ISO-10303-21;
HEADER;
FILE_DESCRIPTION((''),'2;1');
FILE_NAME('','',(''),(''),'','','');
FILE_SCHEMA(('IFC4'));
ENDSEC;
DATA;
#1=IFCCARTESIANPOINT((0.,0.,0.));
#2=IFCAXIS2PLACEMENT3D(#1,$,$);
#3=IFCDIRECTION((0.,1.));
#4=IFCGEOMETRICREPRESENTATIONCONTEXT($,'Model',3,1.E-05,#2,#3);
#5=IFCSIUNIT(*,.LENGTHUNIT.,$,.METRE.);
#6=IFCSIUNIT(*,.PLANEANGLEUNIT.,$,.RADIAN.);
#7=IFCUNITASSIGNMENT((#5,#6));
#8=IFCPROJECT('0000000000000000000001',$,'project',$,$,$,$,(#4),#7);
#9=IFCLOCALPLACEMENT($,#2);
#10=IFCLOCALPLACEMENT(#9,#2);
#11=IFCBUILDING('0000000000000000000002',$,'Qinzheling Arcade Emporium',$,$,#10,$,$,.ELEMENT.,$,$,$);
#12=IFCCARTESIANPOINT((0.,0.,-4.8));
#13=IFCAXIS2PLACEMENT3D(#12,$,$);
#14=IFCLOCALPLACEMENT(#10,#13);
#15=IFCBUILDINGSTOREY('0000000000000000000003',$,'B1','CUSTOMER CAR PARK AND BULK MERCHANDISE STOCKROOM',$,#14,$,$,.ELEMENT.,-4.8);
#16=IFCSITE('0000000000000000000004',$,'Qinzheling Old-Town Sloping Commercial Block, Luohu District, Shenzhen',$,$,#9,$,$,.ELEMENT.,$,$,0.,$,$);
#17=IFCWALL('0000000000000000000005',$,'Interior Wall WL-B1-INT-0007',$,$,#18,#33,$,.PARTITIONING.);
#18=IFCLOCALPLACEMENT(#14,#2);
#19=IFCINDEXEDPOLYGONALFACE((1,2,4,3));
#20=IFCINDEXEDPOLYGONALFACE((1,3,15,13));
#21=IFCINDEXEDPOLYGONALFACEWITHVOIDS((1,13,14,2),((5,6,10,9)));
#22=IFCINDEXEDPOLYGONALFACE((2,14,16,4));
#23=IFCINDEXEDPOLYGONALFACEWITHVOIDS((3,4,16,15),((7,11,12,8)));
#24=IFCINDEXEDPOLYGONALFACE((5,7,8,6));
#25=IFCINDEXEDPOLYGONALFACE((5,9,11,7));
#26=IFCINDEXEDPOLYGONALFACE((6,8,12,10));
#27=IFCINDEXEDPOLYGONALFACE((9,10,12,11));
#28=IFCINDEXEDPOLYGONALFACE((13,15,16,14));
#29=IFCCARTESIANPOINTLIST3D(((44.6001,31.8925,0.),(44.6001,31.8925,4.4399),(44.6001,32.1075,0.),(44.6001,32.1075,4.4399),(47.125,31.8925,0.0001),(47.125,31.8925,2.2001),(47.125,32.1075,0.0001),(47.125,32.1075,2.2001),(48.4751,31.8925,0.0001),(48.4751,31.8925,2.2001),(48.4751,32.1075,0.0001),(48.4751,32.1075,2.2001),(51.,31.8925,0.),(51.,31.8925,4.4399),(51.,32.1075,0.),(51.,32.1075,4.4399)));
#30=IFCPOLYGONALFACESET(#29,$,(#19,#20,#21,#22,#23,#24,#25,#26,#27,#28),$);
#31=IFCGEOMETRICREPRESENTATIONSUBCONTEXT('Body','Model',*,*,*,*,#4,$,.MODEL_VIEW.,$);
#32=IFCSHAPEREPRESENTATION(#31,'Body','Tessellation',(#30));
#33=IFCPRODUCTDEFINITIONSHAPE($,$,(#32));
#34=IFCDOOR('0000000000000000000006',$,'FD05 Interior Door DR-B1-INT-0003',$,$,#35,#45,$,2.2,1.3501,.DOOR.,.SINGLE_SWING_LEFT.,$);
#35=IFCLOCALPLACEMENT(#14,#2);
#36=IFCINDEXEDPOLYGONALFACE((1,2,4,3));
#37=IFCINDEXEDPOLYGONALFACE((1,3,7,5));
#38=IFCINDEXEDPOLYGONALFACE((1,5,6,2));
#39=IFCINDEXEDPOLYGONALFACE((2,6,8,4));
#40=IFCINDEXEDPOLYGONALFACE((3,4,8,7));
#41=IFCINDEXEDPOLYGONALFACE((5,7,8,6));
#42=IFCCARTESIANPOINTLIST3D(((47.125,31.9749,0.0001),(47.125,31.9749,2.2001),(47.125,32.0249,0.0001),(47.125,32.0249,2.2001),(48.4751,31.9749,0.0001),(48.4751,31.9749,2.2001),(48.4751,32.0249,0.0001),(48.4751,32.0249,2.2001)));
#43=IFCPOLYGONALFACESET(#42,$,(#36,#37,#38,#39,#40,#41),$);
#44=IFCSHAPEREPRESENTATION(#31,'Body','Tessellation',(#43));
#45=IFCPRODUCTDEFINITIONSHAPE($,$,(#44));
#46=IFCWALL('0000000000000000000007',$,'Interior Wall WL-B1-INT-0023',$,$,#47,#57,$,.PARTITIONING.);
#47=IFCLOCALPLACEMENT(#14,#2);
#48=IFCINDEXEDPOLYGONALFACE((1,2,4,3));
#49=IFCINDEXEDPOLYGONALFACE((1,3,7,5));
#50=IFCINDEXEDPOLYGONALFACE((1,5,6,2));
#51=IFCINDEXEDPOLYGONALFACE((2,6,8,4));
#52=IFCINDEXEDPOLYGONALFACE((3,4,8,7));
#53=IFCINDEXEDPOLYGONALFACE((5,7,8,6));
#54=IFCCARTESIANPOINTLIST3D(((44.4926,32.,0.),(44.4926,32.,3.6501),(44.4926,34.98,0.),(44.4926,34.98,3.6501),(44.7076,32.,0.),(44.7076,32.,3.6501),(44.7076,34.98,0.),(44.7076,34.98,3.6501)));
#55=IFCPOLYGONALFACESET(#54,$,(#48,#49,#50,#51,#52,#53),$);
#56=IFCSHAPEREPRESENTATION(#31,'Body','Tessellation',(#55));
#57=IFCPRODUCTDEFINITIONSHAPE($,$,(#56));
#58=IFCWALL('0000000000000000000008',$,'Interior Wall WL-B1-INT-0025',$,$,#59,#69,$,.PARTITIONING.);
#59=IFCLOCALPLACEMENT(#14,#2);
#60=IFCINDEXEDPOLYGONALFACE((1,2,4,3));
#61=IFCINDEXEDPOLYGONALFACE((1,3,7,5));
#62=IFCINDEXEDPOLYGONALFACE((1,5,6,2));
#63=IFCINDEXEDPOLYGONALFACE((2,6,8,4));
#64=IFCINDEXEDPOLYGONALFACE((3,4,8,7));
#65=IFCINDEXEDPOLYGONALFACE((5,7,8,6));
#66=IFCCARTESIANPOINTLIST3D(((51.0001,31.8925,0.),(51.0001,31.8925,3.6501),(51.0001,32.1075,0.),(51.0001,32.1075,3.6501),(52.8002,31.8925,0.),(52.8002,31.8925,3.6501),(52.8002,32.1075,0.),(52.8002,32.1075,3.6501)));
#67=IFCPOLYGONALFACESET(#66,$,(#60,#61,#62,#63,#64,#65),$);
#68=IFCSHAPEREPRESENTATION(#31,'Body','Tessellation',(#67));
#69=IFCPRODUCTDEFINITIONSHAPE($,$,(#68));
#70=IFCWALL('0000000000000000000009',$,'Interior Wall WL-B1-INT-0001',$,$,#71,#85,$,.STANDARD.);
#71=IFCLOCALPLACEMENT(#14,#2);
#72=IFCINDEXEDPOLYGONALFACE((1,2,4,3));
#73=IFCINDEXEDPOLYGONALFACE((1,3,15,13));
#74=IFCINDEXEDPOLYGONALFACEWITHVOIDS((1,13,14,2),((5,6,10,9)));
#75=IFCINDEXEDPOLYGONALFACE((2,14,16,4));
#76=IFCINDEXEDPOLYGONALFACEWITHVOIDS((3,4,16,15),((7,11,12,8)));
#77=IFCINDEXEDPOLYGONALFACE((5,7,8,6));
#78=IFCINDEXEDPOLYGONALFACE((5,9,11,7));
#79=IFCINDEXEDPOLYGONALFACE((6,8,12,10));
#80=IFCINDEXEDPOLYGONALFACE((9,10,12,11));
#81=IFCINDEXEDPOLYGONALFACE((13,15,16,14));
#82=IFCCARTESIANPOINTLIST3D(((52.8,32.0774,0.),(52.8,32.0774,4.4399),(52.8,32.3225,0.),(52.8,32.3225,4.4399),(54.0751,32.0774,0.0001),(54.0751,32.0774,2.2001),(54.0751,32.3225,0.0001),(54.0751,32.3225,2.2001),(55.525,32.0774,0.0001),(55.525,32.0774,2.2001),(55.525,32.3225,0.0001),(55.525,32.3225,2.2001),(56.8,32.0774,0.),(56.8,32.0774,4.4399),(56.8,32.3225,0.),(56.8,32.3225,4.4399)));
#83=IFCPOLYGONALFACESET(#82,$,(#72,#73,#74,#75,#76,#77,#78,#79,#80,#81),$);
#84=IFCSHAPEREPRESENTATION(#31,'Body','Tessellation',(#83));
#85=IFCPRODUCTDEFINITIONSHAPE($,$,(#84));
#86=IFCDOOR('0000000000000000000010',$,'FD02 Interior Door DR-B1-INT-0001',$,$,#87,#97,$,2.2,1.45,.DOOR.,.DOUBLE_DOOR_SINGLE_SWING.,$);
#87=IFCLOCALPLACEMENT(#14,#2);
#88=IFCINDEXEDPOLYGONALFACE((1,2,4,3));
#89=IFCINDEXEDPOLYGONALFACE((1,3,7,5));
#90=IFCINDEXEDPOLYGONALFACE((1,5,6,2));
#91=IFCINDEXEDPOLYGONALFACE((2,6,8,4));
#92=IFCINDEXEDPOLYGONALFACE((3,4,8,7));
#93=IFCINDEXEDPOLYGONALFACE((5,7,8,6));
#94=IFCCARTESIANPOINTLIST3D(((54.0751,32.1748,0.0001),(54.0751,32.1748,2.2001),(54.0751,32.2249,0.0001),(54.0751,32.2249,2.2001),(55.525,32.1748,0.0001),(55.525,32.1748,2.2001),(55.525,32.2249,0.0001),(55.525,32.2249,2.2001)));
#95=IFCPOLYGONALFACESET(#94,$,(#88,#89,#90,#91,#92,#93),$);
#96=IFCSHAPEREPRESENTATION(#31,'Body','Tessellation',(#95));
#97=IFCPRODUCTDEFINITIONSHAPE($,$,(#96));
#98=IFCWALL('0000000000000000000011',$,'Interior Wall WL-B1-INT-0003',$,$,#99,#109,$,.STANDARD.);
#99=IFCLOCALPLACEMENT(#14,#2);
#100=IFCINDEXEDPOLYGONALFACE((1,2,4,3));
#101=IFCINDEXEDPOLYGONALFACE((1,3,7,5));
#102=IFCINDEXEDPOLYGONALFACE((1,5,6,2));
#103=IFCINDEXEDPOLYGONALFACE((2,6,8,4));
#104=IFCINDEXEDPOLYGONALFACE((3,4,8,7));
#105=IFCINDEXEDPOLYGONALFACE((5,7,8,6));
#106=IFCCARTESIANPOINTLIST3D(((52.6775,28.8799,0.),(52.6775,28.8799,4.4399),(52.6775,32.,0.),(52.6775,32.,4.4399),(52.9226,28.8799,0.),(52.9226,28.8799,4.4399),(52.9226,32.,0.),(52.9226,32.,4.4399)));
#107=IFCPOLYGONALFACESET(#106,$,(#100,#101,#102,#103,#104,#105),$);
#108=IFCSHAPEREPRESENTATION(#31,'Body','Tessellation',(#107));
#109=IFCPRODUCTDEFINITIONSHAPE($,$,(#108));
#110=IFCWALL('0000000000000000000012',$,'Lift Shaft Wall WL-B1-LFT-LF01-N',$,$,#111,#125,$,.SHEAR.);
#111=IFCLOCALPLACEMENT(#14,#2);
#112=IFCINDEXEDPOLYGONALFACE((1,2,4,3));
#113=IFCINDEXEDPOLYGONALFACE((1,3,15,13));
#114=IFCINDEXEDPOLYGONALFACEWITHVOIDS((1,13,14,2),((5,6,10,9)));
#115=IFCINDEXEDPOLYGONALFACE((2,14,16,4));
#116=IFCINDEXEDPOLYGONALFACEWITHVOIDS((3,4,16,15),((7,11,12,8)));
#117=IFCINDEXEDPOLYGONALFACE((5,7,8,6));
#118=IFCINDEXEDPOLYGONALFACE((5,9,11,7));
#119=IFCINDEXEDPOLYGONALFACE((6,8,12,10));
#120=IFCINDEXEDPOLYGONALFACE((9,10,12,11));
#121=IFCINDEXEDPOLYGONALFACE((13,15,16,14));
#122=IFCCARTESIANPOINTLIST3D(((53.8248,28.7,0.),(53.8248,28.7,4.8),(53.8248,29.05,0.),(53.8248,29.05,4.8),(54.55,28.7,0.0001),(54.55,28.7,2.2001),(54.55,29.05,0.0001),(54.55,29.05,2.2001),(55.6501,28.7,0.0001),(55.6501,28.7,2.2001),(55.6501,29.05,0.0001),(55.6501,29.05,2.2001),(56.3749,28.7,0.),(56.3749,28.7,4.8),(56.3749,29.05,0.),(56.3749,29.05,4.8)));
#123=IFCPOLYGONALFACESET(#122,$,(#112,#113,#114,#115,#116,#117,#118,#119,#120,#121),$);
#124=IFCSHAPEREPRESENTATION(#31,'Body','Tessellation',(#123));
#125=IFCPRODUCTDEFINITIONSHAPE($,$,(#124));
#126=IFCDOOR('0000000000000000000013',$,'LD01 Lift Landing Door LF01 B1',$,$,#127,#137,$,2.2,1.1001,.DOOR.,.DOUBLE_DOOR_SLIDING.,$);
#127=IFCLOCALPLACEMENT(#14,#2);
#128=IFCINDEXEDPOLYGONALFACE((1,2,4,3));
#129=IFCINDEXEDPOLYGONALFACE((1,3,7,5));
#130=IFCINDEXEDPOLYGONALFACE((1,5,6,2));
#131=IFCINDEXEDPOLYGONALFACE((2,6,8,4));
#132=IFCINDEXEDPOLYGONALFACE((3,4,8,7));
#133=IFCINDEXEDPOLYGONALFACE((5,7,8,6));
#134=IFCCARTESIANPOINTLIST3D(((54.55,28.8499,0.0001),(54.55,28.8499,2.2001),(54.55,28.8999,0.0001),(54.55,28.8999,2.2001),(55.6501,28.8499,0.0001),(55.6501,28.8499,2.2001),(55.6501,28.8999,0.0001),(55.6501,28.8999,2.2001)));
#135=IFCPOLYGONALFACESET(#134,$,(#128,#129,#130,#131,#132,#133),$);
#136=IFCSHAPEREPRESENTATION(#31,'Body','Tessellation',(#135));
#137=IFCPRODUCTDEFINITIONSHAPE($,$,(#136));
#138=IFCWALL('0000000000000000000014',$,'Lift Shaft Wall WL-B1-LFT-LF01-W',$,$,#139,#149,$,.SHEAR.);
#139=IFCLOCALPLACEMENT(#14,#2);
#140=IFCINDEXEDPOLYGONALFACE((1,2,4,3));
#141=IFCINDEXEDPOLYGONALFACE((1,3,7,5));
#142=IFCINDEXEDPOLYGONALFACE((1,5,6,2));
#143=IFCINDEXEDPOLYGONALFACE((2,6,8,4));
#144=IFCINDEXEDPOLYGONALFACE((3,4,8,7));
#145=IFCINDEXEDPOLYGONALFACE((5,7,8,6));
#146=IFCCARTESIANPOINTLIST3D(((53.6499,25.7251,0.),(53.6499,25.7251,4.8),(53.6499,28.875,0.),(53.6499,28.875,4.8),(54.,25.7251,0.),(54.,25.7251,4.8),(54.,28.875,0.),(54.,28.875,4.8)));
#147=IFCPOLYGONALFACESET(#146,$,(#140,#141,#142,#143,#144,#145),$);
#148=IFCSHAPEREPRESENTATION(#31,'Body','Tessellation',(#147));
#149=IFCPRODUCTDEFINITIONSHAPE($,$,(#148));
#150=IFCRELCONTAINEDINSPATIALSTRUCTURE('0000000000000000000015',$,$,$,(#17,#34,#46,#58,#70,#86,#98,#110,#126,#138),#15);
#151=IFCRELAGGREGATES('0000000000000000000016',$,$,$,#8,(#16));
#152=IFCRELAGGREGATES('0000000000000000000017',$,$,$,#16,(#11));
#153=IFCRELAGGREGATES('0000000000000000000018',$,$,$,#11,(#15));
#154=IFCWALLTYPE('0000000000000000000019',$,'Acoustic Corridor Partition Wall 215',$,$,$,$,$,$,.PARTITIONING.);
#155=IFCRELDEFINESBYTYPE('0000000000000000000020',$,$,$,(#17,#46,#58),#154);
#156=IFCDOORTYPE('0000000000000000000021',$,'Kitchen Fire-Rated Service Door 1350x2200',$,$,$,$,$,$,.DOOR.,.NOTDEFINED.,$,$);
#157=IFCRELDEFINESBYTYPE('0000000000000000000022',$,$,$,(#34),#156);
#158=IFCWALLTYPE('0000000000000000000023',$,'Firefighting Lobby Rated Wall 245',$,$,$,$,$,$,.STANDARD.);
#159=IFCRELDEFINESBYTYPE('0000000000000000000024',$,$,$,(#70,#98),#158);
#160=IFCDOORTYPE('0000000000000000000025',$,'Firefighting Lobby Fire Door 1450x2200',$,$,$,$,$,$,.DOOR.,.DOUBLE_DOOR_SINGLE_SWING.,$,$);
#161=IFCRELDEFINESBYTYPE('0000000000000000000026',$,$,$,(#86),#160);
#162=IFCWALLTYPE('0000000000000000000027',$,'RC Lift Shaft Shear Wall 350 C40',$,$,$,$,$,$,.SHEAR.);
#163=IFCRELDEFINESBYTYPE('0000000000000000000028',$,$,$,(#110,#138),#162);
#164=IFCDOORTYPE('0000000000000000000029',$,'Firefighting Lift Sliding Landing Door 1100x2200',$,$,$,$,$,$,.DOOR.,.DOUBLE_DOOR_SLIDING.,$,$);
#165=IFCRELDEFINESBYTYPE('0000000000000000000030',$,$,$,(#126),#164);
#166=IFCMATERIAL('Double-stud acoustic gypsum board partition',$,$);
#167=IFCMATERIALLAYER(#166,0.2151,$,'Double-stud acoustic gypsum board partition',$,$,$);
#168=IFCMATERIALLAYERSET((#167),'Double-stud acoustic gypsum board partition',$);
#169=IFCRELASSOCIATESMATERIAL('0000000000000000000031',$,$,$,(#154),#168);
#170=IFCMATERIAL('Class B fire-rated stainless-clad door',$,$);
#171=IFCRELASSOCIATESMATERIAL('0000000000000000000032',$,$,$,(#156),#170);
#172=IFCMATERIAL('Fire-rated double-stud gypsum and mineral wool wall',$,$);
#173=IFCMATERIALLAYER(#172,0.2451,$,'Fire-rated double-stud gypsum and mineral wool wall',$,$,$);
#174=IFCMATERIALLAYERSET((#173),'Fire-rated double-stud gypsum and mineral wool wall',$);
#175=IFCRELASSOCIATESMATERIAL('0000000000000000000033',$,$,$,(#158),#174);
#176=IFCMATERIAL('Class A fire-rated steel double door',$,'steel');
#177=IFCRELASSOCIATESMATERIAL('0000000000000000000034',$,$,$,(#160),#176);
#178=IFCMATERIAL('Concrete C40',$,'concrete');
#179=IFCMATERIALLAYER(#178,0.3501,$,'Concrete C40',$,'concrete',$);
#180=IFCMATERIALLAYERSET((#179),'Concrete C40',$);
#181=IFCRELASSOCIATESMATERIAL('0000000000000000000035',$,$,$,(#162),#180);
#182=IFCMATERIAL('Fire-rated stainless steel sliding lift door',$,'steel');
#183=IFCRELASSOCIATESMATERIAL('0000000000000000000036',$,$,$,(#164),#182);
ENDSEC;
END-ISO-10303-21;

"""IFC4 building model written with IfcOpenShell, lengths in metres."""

from ifc_helpers import new_model, si_unit, direction, frame, frame_2d, origin, place, context, subcontext, project, spatial, rectangle, extrude, material, layer, layer_set, type_object, element, fill, save


model = new_model("IFC4")

# Units and contexts
model_context = context("Model", 3, precision=1e-05, world=origin(), true_north=direction((0.0, 1.0)))
body_context = subcontext(model_context, "Body", "Model", "MODEL_VIEW")
ifc_project = project(units=[si_unit("LENGTHUNIT", "METRE"), si_unit("PLANEANGLEUNIT", "RADIAN")], contexts=[model_context])

# Site, building, storey
site_placement = place(None, origin())
site = spatial("IfcSite", under=ifc_project, at=site_placement, Name="Qinzheling Old-Town Sloping Commercial Block, Luohu District, Shenzhen", CompositionType="ELEMENT", RefElevation=0.0)
building_placement = place(site_placement, origin())
building = spatial("IfcBuilding", under=site, at=building_placement, Name="Qinzheling Arcade Emporium", CompositionType="ELEMENT")
storey_placement = place(building_placement, frame((0.0, 0.0, -4.8)))
storey = spatial("IfcBuildingStorey", under=building, at=storey_placement, Name="B1", Description="CUSTOMER CAR PARK AND BULK MERCHANDISE STOCKROOM", CompositionType="ELEMENT", Elevation=-4.8)

# Shared definitions
ifc_material_1 = material(Name="Concrete C40", Category="concrete")

# Wall, opening, door
ifc_material_2 = material(Name="Double-stud acoustic gypsum board partition")
ifc_layer_1 = layer(ifc_material_2, 0.2151, Name="Double-stud acoustic gypsum board partition")
ifc_layer_set_1 = layer_set([ifc_layer_1], Name="Double-stud acoustic gypsum board partition")
wall_type_1 = type_object("IfcWallType", Name="Acoustic Corridor Partition Wall 215", PredefinedType="PARTITIONING", material=ifc_layer_set_1)
wall_1_placement = place(storey_placement, frame((44.6001, 32.0, 0.0), z_axis=(0.0, 0.0, 1.0), x_axis=(1.0, 0.0, 0.0)))
wall_1 = element("IfcWall", 1, at=wall_1_placement, inside=storey, type_object=wall_type_1, Name="Interior Wall WL-B1-INT-0007", PredefinedType="PARTITIONING", context=body_context, shape_type="SweptSolid", body=[
    extrude(rectangle(XDim=6.3999, YDim=0.2151, at=frame_2d((3.2, 0.0))), origin(), (0.0, 0.0, 1.0), 4.4399),
])
opening_1_placement = place(wall_1_placement, frame((2.5249, 0.0, 0.0)))
opening_1 = element("IfcOpeningElement", 2, at=opening_1_placement, cuts=wall_1, PredefinedType="OPENING", context=body_context, shape_type="SweptSolid", body=[
    extrude(rectangle(XDim=1.3501, YDim=2.2, at=frame_2d((0.675, 1.1001))), frame((0.0, 0.1177, 0.0), z_axis=(0.0, -1.0, 0.0), x_axis=(1.0, 0.0, 0.0)), (0.0, 0.0, 1.0), 0.2351),
])
ifc_material_3 = material(Name="Class B fire-rated stainless-clad door")
door_type_1 = type_object("IfcDoorType", Name="Kitchen Fire-Rated Service Door 1350x2200", OperationType="NOTDEFINED", PredefinedType="DOOR", material=ifc_material_3)
door_1_placement = place(opening_1_placement, origin())
door_1 = element("IfcDoor", 3, at=door_1_placement, inside=storey, type_object=door_type_1, Name="FD05 Interior Door DR-B1-INT-0003", OperationType="SINGLE_SWING_LEFT", OverallHeight=2.2, OverallWidth=1.3501, PredefinedType="DOOR", context=body_context, shape_type="SweptSolid", body=[
    extrude(rectangle(XDim=1.3501, YDim=2.2, at=frame_2d((0.675, 1.1001))), frame((0.0, 0.0249, 0.0), z_axis=(0.0, -1.0, 0.0), x_axis=(1.0, 0.0, 0.0)), (0.0, 0.0, 1.0), 0.05),
])
fill(opening_1, door_1)

# Walls
wall_2_placement = place(storey_placement, frame((44.6001, 32.0, 0.0), z_axis=(0.0, 0.0, 1.0), x_axis=(0.0, 1.0, 0.0)))
element("IfcWall", 4, at=wall_2_placement, inside=storey, type_object=wall_type_1, Name="Interior Wall WL-B1-INT-0023", PredefinedType="PARTITIONING", context=body_context, shape_type="SweptSolid", body=[
    extrude(rectangle(XDim=2.98, YDim=0.2151, at=frame_2d((1.49, 0.0))), origin(), (0.0, 0.0, 1.0), 3.6501),
])
wall_3_placement = place(storey_placement, frame((52.8, 32.0, 0.0), z_axis=(0.0, 0.0, 1.0), x_axis=(-1.0, 0.0, 0.0)))
element("IfcWall", 5, at=wall_3_placement, inside=storey, type_object=wall_type_1, Name="Interior Wall WL-B1-INT-0025", PredefinedType="PARTITIONING", context=body_context, shape_type="SweptSolid", body=[
    extrude(rectangle(XDim=1.8, YDim=0.2151, at=frame_2d((0.8999, 0.0))), origin(), (0.0, 0.0, 1.0), 3.6501),
])

# Wall, opening, door
ifc_material_4 = material(Name="Fire-rated double-stud gypsum and mineral wool wall")
ifc_layer_2 = layer(ifc_material_4, 0.2451, Name="Fire-rated double-stud gypsum and mineral wool wall")
ifc_layer_set_2 = layer_set([ifc_layer_2], Name="Fire-rated double-stud gypsum and mineral wool wall")
wall_type_2 = type_object("IfcWallType", Name="Firefighting Lobby Rated Wall 245", PredefinedType="STANDARD", material=ifc_layer_set_2)
wall_4_placement = place(storey_placement, frame((52.8, 32.2, 0.0), z_axis=(0.0, 0.0, 1.0), x_axis=(1.0, 0.0, 0.0)))
wall_4 = element("IfcWall", 6, at=wall_4_placement, inside=storey, type_object=wall_type_2, Name="Interior Wall WL-B1-INT-0001", PredefinedType="STANDARD", context=body_context, shape_type="SweptSolid", body=[
    extrude(rectangle(XDim=4.0, YDim=0.2451, at=frame_2d((2.0, 0.0))), origin(), (0.0, 0.0, 1.0), 4.4399),
])
opening_2_placement = place(wall_4_placement, frame((1.2749, 0.0, 0.0)))
opening_2 = element("IfcOpeningElement", 7, at=opening_2_placement, cuts=wall_4, PredefinedType="OPENING", context=body_context, shape_type="SweptSolid", body=[
    extrude(rectangle(XDim=1.45, YDim=2.2, at=frame_2d((0.7251, 1.1001))), frame((0.0, 0.1326, 0.0), z_axis=(0.0, -1.0, 0.0), x_axis=(1.0, 0.0, 0.0)), (0.0, 0.0, 1.0), 0.2651),
])
ifc_material_5 = material(Name="Class A fire-rated steel double door", Category="steel")
door_type_2 = type_object("IfcDoorType", Name="Firefighting Lobby Fire Door 1450x2200", OperationType="DOUBLE_DOOR_SINGLE_SWING", PredefinedType="DOOR", material=ifc_material_5)
door_2_placement = place(opening_2_placement, origin())
door_2 = element("IfcDoor", 8, at=door_2_placement, inside=storey, type_object=door_type_2, Name="FD02 Interior Door DR-B1-INT-0001", OperationType="DOUBLE_DOOR_SINGLE_SWING", OverallHeight=2.2, OverallWidth=1.45, PredefinedType="DOOR", context=body_context, shape_type="SweptSolid", body=[
    extrude(rectangle(XDim=1.45, YDim=2.2, at=frame_2d((0.7251, 1.1001))), frame((0.0, 0.0249, 0.0), z_axis=(0.0, -1.0, 0.0), x_axis=(1.0, 0.0, 0.0)), (0.0, 0.0, 1.0), 0.05),
])
fill(opening_2, door_2)

# Wall
wall_5_placement = place(storey_placement, frame((52.8, 28.8799, 0.0), z_axis=(0.0, 0.0, 1.0), x_axis=(0.0, 1.0, 0.0)))
element("IfcWall", 9, at=wall_5_placement, inside=storey, type_object=wall_type_2, Name="Interior Wall WL-B1-INT-0003", PredefinedType="STANDARD", context=body_context, shape_type="SweptSolid", body=[
    extrude(rectangle(XDim=3.1201, YDim=0.2451, at=frame_2d((1.5601, 0.0))), origin(), (0.0, 0.0, 1.0), 4.4399),
])

# Wall, opening, door
ifc_layer_3 = layer(ifc_material_1, 0.3501, Name="Concrete C40", Category="concrete")
ifc_layer_set_3 = layer_set([ifc_layer_3], Name="Concrete C40")
wall_type_3 = type_object("IfcWallType", Name="RC Lift Shaft Shear Wall 350 C40", PredefinedType="SHEAR", material=ifc_layer_set_3)
wall_6_placement = place(storey_placement, frame((53.825, 28.875, 0.0), z_axis=(0.0, 0.0, 1.0), x_axis=(1.0, 0.0, 0.0)))
wall_6 = element("IfcWall", 10, at=wall_6_placement, inside=storey, type_object=wall_type_3, Name="Lift Shaft Wall WL-B1-LFT-LF01-N", PredefinedType="SHEAR", context=body_context, shape_type="SweptSolid", body=[
    extrude(rectangle(XDim=2.55, YDim=0.3501, at=frame_2d((1.2749, 0.0))), origin(), (0.0, 0.0, 1.0), 4.8),
])
opening_3_placement = place(wall_6_placement, frame((0.7251, 0.0, 0.0)))
opening_3 = element("IfcOpeningElement", 11, at=opening_3_placement, cuts=wall_6, PredefinedType="OPENING", context=body_context, shape_type="SweptSolid", body=[
    extrude(rectangle(XDim=1.1001, YDim=2.2, at=frame_2d((0.55, 1.1001))), frame((0.0, 0.1851, 0.0), z_axis=(0.0, -1.0, 0.0), x_axis=(1.0, 0.0, 0.0)), (0.0, 0.0, 1.0), 0.3701),
])
ifc_material_6 = material(Name="Fire-rated stainless steel sliding lift door", Category="steel")
door_type_3 = type_object("IfcDoorType", Name="Firefighting Lift Sliding Landing Door 1100x2200", OperationType="DOUBLE_DOOR_SLIDING", PredefinedType="DOOR", material=ifc_material_6)
door_3_placement = place(opening_3_placement, origin())
door_3 = element("IfcDoor", 12, at=door_3_placement, inside=storey, type_object=door_type_3, Name="LD01 Lift Landing Door LF01 B1", OperationType="DOUBLE_DOOR_SLIDING", OverallHeight=2.2, OverallWidth=1.1001, PredefinedType="DOOR", context=body_context, shape_type="SweptSolid", body=[
    extrude(rectangle(XDim=1.1001, YDim=2.2, at=frame_2d((0.55, 1.1001))), frame((0.0, 0.0249, 0.0), z_axis=(0.0, -1.0, 0.0), x_axis=(1.0, 0.0, 0.0)), (0.0, 0.0, 1.0), 0.05),
])
fill(opening_3, door_3)

# Wall
wall_7_placement = place(storey_placement, frame((53.825, 25.7251, 0.0), z_axis=(0.0, 0.0, 1.0), x_axis=(0.0, 1.0, 0.0)))
element("IfcWall", 13, at=wall_7_placement, inside=storey, type_object=wall_type_3, Name="Lift Shaft Wall WL-B1-LFT-LF01-W", PredefinedType="SHEAR", context=body_context, shape_type="SweptSolid", body=[
    extrude(rectangle(XDim=3.1499, YDim=0.3501, at=frame_2d((1.575, 0.0))), origin(), (0.0, 0.0, 1.0), 4.8),
])

save(model, "model.ifc")
